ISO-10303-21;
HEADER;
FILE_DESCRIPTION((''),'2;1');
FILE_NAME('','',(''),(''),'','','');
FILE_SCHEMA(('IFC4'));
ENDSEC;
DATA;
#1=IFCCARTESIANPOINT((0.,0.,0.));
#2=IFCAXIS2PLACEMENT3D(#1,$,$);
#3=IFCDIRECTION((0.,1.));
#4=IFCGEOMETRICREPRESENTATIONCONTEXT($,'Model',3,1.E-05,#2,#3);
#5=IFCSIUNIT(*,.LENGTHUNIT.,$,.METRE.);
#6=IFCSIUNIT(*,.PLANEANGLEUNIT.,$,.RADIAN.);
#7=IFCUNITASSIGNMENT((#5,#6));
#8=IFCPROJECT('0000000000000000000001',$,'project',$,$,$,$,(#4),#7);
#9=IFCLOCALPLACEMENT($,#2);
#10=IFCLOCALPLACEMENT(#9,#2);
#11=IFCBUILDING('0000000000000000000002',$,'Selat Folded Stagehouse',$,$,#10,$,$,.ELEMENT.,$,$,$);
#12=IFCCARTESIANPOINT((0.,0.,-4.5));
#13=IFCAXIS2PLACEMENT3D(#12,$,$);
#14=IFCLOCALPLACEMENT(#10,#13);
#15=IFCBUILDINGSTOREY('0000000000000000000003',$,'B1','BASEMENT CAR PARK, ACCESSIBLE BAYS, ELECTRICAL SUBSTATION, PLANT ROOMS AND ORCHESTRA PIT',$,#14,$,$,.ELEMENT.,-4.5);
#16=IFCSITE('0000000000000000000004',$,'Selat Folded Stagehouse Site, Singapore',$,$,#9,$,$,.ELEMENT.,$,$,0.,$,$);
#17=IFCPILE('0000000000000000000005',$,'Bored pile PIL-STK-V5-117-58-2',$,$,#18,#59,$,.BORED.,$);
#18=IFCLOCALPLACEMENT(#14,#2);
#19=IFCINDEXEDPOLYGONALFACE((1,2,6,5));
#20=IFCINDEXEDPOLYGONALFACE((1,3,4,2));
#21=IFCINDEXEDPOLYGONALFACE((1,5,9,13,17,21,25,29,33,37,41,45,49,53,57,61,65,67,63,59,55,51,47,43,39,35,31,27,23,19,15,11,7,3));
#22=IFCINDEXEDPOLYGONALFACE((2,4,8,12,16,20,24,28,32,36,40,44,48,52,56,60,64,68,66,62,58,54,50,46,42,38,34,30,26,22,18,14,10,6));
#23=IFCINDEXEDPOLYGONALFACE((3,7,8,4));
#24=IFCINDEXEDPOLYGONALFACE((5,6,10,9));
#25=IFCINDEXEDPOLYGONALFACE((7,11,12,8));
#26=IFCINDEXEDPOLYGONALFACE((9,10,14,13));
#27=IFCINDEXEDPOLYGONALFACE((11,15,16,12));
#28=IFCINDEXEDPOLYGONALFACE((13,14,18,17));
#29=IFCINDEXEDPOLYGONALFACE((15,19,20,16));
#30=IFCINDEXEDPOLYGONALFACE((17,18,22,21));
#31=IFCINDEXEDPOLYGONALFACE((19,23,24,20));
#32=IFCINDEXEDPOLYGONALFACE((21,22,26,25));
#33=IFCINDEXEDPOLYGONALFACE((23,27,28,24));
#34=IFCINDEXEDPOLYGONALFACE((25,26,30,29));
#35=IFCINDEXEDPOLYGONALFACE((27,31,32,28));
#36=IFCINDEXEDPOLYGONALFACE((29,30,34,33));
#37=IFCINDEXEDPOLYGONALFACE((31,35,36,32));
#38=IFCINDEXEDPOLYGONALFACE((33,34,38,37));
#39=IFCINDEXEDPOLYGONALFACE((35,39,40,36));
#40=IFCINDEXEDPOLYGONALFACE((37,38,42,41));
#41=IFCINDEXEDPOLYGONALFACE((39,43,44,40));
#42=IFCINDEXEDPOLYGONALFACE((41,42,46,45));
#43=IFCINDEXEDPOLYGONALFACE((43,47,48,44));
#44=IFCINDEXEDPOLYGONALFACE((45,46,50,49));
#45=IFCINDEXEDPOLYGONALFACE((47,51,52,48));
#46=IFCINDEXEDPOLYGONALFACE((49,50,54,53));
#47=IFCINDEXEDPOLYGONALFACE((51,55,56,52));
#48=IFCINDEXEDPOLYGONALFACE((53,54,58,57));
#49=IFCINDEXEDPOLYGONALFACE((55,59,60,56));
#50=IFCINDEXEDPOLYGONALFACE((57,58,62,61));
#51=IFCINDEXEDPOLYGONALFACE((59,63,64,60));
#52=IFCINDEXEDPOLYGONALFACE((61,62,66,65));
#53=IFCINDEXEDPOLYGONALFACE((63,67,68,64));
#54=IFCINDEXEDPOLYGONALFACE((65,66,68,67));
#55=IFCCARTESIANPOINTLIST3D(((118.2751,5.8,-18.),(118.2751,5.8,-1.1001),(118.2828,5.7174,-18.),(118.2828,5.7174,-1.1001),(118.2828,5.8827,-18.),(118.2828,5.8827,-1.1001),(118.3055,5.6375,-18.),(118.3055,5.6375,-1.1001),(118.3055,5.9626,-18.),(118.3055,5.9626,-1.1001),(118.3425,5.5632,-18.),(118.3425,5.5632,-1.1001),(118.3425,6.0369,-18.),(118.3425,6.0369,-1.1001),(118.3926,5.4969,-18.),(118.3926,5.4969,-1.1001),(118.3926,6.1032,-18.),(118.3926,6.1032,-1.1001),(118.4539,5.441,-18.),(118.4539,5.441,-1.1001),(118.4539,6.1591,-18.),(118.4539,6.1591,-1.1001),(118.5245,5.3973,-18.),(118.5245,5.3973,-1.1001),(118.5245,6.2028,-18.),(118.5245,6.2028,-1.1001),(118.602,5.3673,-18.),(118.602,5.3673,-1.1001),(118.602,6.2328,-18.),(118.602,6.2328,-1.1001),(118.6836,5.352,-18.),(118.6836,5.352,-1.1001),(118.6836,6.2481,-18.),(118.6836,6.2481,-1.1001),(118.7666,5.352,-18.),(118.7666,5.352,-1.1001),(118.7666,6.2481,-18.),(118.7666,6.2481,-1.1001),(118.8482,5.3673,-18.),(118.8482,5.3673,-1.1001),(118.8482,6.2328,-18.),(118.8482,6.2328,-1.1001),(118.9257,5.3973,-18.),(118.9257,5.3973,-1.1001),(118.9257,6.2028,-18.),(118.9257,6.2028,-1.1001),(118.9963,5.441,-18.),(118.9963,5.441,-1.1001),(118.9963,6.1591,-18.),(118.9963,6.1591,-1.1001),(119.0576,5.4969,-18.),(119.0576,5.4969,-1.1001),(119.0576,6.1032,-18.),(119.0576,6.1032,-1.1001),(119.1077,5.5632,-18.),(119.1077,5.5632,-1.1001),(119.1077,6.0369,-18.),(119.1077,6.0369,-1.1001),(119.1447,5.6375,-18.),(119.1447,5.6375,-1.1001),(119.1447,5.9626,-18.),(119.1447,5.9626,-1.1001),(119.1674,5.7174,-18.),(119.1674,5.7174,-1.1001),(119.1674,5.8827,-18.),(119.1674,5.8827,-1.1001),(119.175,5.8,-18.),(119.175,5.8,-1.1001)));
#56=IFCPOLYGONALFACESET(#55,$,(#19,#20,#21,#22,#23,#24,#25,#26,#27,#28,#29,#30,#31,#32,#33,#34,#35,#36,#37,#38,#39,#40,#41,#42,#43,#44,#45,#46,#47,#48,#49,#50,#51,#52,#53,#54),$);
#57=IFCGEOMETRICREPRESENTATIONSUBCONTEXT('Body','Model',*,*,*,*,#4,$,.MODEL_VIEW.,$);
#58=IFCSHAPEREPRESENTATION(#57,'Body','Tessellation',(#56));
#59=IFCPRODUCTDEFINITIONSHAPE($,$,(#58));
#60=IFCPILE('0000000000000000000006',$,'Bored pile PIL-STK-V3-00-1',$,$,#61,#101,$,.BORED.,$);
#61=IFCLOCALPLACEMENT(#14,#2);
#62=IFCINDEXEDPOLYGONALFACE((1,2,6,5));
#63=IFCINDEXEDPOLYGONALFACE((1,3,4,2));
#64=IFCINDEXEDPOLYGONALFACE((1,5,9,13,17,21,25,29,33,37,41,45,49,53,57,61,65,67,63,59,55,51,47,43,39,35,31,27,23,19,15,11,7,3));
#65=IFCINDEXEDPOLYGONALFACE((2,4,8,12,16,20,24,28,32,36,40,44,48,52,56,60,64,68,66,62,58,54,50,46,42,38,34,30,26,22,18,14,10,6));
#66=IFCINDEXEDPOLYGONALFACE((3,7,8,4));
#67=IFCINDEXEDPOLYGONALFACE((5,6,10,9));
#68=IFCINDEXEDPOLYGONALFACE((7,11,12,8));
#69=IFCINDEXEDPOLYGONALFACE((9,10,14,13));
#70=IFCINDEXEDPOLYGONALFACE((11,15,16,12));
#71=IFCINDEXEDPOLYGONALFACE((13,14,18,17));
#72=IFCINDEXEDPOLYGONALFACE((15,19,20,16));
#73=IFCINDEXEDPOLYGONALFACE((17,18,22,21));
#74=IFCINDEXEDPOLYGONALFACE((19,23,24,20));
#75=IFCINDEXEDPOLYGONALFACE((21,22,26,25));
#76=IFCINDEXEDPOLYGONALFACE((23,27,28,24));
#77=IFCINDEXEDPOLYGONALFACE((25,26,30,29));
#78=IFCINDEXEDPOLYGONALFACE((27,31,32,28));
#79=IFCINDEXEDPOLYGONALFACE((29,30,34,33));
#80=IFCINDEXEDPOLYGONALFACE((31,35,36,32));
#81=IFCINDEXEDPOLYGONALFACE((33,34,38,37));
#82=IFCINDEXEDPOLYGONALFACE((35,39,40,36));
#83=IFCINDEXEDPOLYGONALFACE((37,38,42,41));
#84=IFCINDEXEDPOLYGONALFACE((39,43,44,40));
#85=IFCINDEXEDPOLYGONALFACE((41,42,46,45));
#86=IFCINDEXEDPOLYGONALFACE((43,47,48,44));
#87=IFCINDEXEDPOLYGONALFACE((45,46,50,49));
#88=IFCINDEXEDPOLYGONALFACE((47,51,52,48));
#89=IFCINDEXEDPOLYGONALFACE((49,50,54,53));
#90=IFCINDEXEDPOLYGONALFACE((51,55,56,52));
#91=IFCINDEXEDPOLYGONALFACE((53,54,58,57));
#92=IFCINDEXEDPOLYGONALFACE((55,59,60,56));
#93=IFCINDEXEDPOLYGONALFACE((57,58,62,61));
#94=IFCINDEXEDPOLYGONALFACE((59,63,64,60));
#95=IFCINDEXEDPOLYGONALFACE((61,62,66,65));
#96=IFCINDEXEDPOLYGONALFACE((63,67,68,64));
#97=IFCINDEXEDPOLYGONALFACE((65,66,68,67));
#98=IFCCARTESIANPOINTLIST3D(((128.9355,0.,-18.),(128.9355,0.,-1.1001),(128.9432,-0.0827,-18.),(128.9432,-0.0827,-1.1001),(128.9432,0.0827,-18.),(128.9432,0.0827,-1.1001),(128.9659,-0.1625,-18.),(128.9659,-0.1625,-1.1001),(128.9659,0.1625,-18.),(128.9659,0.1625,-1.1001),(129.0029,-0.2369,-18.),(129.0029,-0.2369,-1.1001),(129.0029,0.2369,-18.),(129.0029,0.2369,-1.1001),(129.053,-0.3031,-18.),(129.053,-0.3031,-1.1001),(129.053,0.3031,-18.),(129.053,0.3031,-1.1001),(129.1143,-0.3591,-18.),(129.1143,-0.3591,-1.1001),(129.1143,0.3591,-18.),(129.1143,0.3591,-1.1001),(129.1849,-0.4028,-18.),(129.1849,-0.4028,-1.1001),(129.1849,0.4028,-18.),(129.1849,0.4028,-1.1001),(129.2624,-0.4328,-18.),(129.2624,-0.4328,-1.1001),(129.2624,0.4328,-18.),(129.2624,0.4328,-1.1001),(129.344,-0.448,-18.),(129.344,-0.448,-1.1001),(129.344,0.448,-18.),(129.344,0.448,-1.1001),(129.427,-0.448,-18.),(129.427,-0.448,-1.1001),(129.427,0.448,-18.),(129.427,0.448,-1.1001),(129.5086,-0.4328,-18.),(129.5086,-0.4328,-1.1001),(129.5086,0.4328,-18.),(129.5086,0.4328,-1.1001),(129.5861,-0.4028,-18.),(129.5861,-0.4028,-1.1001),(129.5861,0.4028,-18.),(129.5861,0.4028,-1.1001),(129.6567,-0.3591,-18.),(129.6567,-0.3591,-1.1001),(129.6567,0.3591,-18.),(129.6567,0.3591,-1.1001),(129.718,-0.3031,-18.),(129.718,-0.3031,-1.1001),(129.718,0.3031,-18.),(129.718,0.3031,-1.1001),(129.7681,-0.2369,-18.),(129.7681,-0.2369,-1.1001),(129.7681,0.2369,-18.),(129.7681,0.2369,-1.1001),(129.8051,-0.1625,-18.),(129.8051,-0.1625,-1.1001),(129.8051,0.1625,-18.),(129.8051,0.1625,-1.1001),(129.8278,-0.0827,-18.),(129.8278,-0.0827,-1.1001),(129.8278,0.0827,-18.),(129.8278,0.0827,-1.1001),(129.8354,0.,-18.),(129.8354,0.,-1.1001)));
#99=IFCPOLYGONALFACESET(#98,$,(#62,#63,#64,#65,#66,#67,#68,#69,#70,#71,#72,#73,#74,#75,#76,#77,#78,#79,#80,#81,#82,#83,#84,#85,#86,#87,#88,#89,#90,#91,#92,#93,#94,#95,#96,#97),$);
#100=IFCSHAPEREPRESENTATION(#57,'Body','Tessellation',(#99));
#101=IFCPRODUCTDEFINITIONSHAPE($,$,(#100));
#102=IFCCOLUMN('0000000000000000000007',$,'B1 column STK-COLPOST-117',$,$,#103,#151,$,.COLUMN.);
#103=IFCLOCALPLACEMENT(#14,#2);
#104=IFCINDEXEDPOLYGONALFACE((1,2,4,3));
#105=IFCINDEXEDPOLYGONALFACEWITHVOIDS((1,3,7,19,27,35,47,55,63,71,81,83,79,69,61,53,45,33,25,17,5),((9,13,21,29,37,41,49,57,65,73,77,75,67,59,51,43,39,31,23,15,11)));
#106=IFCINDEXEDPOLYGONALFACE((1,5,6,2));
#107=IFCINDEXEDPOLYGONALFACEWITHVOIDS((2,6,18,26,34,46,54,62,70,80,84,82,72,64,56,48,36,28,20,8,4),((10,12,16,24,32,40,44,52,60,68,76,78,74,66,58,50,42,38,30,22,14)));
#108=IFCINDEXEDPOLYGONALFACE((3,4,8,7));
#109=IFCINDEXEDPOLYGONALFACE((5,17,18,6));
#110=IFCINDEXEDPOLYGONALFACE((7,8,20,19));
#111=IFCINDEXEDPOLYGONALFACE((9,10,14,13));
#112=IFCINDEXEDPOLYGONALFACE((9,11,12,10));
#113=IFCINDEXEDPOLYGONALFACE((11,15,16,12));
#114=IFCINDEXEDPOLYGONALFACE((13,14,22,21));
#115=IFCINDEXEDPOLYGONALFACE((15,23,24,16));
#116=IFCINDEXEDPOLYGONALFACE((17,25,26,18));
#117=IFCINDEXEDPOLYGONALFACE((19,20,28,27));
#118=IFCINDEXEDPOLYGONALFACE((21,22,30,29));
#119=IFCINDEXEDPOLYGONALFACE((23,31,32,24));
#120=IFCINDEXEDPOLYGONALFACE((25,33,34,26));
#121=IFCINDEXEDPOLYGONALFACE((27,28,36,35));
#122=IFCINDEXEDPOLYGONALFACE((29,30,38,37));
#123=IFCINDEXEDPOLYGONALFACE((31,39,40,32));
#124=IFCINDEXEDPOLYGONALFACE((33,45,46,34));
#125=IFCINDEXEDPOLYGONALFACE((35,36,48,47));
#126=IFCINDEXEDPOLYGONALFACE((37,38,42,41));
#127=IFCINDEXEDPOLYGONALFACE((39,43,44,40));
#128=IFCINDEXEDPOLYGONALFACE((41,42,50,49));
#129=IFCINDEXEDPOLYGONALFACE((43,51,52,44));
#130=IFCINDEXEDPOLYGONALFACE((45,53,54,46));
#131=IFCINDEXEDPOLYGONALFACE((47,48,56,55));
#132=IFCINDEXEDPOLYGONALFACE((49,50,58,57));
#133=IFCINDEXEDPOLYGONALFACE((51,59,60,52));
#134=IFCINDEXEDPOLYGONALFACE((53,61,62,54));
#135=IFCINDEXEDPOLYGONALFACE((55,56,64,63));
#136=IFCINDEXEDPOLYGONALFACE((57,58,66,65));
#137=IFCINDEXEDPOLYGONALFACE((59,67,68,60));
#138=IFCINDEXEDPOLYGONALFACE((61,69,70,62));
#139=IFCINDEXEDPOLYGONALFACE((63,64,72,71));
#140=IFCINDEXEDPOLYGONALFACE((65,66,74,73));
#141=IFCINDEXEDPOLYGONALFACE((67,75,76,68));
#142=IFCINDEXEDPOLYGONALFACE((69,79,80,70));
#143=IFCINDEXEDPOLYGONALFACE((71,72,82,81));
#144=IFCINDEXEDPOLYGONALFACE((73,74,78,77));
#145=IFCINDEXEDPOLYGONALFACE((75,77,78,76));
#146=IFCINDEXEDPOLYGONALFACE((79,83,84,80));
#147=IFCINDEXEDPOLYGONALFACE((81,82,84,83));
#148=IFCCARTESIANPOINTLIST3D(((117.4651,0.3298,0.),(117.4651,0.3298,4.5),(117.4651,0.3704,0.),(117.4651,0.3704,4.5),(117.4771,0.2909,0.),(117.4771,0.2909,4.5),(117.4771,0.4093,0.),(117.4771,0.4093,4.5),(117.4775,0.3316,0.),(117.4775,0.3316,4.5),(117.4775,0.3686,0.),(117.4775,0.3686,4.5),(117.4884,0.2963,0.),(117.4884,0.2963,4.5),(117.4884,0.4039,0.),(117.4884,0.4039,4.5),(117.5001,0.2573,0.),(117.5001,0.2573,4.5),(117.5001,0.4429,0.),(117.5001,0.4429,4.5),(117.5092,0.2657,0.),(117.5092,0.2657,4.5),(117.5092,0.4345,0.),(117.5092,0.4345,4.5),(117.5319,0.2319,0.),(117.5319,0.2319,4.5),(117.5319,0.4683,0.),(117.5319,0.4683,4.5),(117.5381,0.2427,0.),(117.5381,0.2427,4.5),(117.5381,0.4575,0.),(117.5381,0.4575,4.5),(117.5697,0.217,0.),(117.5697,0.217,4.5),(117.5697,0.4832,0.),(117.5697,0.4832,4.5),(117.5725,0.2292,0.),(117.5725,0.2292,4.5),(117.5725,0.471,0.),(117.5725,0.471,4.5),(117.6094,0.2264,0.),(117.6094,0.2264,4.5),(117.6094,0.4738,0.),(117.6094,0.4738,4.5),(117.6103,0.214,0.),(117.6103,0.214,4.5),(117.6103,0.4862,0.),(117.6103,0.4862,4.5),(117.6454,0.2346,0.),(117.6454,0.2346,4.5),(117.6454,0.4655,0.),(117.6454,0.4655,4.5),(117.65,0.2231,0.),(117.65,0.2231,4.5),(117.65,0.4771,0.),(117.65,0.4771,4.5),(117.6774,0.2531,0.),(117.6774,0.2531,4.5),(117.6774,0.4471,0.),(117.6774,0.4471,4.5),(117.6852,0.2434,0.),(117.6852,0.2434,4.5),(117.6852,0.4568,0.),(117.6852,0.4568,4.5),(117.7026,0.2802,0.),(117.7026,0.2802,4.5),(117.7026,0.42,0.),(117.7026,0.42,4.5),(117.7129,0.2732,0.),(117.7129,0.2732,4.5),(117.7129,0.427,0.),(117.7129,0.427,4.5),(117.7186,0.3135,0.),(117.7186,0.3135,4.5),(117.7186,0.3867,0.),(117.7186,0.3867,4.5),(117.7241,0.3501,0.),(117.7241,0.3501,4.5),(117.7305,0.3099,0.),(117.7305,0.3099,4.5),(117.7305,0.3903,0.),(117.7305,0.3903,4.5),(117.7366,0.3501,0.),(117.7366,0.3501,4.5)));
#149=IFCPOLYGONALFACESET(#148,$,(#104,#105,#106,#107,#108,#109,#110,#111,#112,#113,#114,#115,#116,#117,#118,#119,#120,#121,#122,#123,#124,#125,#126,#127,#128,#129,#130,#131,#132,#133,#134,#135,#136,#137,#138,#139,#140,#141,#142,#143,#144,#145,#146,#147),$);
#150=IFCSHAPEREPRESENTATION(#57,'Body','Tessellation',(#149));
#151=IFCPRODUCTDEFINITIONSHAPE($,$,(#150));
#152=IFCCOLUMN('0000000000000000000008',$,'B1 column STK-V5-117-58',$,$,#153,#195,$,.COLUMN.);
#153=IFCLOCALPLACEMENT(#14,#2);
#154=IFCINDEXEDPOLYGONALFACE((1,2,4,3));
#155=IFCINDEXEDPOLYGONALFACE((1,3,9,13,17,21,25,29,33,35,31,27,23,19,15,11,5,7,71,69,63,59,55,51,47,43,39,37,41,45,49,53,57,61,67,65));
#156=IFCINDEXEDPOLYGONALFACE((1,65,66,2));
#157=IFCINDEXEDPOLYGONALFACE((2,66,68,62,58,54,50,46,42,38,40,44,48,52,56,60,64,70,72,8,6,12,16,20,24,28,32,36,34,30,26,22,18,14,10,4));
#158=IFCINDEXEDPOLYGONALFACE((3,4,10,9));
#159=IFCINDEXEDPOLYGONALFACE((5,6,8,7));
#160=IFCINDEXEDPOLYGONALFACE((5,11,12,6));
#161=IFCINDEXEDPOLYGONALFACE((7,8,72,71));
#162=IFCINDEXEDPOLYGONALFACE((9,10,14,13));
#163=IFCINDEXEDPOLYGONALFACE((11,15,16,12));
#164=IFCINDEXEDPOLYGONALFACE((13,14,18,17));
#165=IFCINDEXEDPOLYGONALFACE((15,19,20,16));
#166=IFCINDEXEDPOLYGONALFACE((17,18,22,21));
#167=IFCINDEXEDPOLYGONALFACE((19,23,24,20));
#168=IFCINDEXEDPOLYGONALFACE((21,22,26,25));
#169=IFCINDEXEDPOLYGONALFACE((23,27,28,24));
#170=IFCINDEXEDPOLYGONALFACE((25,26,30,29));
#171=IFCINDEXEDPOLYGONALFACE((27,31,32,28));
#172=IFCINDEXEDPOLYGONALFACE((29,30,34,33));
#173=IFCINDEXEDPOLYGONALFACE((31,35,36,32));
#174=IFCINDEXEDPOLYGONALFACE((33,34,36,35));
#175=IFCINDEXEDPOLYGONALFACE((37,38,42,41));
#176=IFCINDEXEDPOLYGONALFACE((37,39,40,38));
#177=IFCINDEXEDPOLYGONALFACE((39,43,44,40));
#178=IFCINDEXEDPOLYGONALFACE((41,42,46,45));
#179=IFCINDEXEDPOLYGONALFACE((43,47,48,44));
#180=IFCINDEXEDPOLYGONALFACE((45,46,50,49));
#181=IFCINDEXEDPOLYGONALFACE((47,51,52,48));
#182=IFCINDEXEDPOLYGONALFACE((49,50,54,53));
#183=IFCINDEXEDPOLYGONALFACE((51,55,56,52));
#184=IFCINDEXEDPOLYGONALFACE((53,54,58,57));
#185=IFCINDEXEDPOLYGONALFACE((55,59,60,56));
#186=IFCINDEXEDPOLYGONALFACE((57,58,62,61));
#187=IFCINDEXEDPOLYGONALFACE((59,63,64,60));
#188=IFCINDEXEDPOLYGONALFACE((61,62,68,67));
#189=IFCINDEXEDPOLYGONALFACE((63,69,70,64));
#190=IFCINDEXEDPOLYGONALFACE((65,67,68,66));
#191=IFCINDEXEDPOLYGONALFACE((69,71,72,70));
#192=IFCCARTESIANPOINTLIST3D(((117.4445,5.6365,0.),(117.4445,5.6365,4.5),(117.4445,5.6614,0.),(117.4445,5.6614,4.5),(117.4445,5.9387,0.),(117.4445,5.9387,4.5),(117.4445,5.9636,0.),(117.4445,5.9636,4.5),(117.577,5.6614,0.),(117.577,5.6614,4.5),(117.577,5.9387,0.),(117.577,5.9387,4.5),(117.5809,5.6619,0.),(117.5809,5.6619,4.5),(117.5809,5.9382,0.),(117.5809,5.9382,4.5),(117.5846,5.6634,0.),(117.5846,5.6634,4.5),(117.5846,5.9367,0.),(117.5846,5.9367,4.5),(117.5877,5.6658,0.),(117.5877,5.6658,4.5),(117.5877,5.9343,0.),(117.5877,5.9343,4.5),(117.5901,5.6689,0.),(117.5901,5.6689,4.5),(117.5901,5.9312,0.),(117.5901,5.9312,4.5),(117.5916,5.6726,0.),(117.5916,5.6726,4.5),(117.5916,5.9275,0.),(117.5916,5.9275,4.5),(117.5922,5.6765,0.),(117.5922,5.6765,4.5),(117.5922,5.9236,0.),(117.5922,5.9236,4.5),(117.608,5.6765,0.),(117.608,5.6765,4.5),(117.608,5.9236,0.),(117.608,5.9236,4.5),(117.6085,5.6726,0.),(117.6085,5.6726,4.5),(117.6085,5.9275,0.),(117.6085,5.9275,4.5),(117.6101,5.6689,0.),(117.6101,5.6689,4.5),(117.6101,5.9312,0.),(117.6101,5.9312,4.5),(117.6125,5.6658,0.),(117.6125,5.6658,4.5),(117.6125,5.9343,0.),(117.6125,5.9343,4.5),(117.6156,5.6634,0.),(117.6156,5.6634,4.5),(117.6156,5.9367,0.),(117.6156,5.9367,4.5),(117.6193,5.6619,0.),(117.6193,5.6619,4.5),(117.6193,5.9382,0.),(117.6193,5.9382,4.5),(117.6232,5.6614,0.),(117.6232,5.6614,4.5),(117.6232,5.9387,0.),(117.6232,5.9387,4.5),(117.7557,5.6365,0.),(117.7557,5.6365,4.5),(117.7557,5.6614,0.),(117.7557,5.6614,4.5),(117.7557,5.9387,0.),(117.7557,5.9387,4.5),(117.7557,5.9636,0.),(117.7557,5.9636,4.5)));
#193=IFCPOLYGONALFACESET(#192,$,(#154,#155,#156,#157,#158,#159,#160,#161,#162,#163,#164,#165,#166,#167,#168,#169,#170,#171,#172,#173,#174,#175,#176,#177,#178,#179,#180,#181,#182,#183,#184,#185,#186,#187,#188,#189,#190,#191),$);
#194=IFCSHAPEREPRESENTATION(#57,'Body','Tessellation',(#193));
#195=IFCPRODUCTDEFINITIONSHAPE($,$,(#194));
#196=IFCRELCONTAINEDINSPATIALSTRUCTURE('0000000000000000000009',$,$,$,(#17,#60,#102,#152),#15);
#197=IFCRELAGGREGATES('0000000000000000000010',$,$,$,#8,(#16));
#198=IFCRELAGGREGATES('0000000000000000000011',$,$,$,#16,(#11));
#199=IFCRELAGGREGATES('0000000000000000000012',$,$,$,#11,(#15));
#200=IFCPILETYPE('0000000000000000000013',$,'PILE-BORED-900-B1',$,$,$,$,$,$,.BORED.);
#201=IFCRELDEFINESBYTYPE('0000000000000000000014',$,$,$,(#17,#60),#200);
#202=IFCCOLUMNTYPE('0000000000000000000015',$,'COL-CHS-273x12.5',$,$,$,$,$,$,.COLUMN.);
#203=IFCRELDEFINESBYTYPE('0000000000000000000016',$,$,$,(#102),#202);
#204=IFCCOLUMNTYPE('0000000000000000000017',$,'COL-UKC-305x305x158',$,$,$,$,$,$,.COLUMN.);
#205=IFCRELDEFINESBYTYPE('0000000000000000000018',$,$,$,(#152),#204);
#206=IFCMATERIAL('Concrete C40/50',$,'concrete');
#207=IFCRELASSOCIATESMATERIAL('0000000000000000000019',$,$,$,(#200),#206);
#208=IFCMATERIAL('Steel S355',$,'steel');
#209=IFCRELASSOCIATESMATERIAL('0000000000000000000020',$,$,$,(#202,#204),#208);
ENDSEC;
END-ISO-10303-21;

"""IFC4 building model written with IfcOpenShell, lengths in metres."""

from ifc_helpers import new_model, si_unit, direction, frame, origin, origin_2d, place, context, subcontext, project, spatial, circle, hollow_circle, i_section, extrude, material, material_profile, profile_set, type_object, element, save


model = new_model("IFC4")

# Units and contexts
model_context = context("Model", 3, precision=1e-05, world=origin(), true_north=direction((0.0, 1.0)))
body_context = subcontext(model_context, "Body", "Model", "MODEL_VIEW")
ifc_project = project(units=[si_unit("LENGTHUNIT", "METRE"), si_unit("PLANEANGLEUNIT", "RADIAN")], contexts=[model_context])

# Site, building, storey
site_placement = place(None, origin())
site = spatial("IfcSite", under=ifc_project, at=site_placement, Name="Selat Folded Stagehouse Site, Singapore", CompositionType="ELEMENT", RefElevation=0.0)
building_placement = place(site_placement, origin())
building = spatial("IfcBuilding", under=site, at=building_placement, Name="Selat Folded Stagehouse", CompositionType="ELEMENT")
storey_placement = place(building_placement, frame((0.0, 0.0, -4.5)))
storey = spatial("IfcBuildingStorey", under=building, at=storey_placement, Name="B1", Description="BASEMENT CAR PARK, ACCESSIBLE BAYS, ELECTRICAL SUBSTATION, PLANT ROOMS AND ORCHESTRA PIT", CompositionType="ELEMENT", Elevation=-4.5)

# Shared definitions
ifc_material_1 = material(Name="Concrete C40/50", Category="concrete")

# Piles
ifc_material_profile_1 = material_profile(ifc_material_1, circle(Radius=0.45, at=origin_2d()), Name="PILE D900")
ifc_profile_set_1 = profile_set([ifc_material_profile_1], Name="Concrete C40/50")
pile_type = type_object("IfcPileType", Name="PILE-BORED-900-B1", PredefinedType="BORED", material=ifc_profile_set_1)
for number, where, z_axis, x_axis, name in (
    (1, (118.7251, 5.8, -1.1001), (0.0, 0.0, -1.0), (1.0, 0.0, 0.0), "Bored pile PIL-STK-V5-117-58-2"),
    (2, (129.3855, 0.0, -1.1001), (0.0, 0.0, -1.0), (1.0, 0.0, 0.0), "Bored pile PIL-STK-V3-00-1"),
):
    element("IfcPile", number, at=place(storey_placement, frame(where, z_axis=z_axis, x_axis=x_axis)), inside=storey, type_object=pile_type, Name=name, PredefinedType="BORED", context=body_context, shape_type="SweptSolid", body=[
        extrude(circle(Radius=0.45, at=origin_2d()), origin(), (0.0, 0.0, 1.0), 16.8999),
    ])

# Columns
ifc_material_2 = material(Name="Steel S355", Category="steel")
ifc_material_profile_2 = material_profile(ifc_material_2, hollow_circle(Radius=0.1365, WallThickness=0.0125, at=origin_2d()), Name="CHS 273.0x12.5")
ifc_profile_set_2 = profile_set([ifc_material_profile_2], Name="Steel S355")
column_type_1 = type_object("IfcColumnType", Name="COL-CHS-273x12.5", PredefinedType="COLUMN", material=ifc_profile_set_2)
column_1_placement = place(storey_placement, frame((117.6001, 0.3501, 0.0), z_axis=(0.0, 0.0, 1.0), x_axis=(1.0, 0.0, 0.0)))
element("IfcColumn", 3, at=column_1_placement, inside=storey, type_object=column_type_1, Name="B1 column STK-COLPOST-117", PredefinedType="COLUMN", context=body_context, shape_type="SweptSolid", body=[
    extrude(hollow_circle(Radius=0.1365, WallThickness=0.0125, at=origin_2d()), origin(), (0.0, 0.0, 1.0), 4.5),
])
ifc_material_profile_3 = material_profile(ifc_material_2, i_section(OverallWidth=0.3113, OverallDepth=0.3271, WebThickness=0.0159, FlangeThickness=0.0249, FilletRadius=0.0151, at=origin_2d()), Name="UKC 305x305x158")
ifc_profile_set_3 = profile_set([ifc_material_profile_3], Name="Steel S355")
column_type_2 = type_object("IfcColumnType", Name="COL-UKC-305x305x158", PredefinedType="COLUMN", material=ifc_profile_set_3)
column_2_placement = place(storey_placement, frame((117.6001, 5.8, 0.0), z_axis=(0.0, 0.0, 1.0), x_axis=(1.0, 0.0, 0.0)))
element("IfcColumn", 4, at=column_2_placement, inside=storey, type_object=column_type_2, Name="B1 column STK-V5-117-58", PredefinedType="COLUMN", context=body_context, shape_type="SweptSolid", body=[
    extrude(i_section(OverallWidth=0.3113, OverallDepth=0.3271, WebThickness=0.0159, FlangeThickness=0.0249, FilletRadius=0.0151, at=origin_2d()), origin(), (0.0, 0.0, 1.0), 4.5),
])

save(model, "model.ifc")
